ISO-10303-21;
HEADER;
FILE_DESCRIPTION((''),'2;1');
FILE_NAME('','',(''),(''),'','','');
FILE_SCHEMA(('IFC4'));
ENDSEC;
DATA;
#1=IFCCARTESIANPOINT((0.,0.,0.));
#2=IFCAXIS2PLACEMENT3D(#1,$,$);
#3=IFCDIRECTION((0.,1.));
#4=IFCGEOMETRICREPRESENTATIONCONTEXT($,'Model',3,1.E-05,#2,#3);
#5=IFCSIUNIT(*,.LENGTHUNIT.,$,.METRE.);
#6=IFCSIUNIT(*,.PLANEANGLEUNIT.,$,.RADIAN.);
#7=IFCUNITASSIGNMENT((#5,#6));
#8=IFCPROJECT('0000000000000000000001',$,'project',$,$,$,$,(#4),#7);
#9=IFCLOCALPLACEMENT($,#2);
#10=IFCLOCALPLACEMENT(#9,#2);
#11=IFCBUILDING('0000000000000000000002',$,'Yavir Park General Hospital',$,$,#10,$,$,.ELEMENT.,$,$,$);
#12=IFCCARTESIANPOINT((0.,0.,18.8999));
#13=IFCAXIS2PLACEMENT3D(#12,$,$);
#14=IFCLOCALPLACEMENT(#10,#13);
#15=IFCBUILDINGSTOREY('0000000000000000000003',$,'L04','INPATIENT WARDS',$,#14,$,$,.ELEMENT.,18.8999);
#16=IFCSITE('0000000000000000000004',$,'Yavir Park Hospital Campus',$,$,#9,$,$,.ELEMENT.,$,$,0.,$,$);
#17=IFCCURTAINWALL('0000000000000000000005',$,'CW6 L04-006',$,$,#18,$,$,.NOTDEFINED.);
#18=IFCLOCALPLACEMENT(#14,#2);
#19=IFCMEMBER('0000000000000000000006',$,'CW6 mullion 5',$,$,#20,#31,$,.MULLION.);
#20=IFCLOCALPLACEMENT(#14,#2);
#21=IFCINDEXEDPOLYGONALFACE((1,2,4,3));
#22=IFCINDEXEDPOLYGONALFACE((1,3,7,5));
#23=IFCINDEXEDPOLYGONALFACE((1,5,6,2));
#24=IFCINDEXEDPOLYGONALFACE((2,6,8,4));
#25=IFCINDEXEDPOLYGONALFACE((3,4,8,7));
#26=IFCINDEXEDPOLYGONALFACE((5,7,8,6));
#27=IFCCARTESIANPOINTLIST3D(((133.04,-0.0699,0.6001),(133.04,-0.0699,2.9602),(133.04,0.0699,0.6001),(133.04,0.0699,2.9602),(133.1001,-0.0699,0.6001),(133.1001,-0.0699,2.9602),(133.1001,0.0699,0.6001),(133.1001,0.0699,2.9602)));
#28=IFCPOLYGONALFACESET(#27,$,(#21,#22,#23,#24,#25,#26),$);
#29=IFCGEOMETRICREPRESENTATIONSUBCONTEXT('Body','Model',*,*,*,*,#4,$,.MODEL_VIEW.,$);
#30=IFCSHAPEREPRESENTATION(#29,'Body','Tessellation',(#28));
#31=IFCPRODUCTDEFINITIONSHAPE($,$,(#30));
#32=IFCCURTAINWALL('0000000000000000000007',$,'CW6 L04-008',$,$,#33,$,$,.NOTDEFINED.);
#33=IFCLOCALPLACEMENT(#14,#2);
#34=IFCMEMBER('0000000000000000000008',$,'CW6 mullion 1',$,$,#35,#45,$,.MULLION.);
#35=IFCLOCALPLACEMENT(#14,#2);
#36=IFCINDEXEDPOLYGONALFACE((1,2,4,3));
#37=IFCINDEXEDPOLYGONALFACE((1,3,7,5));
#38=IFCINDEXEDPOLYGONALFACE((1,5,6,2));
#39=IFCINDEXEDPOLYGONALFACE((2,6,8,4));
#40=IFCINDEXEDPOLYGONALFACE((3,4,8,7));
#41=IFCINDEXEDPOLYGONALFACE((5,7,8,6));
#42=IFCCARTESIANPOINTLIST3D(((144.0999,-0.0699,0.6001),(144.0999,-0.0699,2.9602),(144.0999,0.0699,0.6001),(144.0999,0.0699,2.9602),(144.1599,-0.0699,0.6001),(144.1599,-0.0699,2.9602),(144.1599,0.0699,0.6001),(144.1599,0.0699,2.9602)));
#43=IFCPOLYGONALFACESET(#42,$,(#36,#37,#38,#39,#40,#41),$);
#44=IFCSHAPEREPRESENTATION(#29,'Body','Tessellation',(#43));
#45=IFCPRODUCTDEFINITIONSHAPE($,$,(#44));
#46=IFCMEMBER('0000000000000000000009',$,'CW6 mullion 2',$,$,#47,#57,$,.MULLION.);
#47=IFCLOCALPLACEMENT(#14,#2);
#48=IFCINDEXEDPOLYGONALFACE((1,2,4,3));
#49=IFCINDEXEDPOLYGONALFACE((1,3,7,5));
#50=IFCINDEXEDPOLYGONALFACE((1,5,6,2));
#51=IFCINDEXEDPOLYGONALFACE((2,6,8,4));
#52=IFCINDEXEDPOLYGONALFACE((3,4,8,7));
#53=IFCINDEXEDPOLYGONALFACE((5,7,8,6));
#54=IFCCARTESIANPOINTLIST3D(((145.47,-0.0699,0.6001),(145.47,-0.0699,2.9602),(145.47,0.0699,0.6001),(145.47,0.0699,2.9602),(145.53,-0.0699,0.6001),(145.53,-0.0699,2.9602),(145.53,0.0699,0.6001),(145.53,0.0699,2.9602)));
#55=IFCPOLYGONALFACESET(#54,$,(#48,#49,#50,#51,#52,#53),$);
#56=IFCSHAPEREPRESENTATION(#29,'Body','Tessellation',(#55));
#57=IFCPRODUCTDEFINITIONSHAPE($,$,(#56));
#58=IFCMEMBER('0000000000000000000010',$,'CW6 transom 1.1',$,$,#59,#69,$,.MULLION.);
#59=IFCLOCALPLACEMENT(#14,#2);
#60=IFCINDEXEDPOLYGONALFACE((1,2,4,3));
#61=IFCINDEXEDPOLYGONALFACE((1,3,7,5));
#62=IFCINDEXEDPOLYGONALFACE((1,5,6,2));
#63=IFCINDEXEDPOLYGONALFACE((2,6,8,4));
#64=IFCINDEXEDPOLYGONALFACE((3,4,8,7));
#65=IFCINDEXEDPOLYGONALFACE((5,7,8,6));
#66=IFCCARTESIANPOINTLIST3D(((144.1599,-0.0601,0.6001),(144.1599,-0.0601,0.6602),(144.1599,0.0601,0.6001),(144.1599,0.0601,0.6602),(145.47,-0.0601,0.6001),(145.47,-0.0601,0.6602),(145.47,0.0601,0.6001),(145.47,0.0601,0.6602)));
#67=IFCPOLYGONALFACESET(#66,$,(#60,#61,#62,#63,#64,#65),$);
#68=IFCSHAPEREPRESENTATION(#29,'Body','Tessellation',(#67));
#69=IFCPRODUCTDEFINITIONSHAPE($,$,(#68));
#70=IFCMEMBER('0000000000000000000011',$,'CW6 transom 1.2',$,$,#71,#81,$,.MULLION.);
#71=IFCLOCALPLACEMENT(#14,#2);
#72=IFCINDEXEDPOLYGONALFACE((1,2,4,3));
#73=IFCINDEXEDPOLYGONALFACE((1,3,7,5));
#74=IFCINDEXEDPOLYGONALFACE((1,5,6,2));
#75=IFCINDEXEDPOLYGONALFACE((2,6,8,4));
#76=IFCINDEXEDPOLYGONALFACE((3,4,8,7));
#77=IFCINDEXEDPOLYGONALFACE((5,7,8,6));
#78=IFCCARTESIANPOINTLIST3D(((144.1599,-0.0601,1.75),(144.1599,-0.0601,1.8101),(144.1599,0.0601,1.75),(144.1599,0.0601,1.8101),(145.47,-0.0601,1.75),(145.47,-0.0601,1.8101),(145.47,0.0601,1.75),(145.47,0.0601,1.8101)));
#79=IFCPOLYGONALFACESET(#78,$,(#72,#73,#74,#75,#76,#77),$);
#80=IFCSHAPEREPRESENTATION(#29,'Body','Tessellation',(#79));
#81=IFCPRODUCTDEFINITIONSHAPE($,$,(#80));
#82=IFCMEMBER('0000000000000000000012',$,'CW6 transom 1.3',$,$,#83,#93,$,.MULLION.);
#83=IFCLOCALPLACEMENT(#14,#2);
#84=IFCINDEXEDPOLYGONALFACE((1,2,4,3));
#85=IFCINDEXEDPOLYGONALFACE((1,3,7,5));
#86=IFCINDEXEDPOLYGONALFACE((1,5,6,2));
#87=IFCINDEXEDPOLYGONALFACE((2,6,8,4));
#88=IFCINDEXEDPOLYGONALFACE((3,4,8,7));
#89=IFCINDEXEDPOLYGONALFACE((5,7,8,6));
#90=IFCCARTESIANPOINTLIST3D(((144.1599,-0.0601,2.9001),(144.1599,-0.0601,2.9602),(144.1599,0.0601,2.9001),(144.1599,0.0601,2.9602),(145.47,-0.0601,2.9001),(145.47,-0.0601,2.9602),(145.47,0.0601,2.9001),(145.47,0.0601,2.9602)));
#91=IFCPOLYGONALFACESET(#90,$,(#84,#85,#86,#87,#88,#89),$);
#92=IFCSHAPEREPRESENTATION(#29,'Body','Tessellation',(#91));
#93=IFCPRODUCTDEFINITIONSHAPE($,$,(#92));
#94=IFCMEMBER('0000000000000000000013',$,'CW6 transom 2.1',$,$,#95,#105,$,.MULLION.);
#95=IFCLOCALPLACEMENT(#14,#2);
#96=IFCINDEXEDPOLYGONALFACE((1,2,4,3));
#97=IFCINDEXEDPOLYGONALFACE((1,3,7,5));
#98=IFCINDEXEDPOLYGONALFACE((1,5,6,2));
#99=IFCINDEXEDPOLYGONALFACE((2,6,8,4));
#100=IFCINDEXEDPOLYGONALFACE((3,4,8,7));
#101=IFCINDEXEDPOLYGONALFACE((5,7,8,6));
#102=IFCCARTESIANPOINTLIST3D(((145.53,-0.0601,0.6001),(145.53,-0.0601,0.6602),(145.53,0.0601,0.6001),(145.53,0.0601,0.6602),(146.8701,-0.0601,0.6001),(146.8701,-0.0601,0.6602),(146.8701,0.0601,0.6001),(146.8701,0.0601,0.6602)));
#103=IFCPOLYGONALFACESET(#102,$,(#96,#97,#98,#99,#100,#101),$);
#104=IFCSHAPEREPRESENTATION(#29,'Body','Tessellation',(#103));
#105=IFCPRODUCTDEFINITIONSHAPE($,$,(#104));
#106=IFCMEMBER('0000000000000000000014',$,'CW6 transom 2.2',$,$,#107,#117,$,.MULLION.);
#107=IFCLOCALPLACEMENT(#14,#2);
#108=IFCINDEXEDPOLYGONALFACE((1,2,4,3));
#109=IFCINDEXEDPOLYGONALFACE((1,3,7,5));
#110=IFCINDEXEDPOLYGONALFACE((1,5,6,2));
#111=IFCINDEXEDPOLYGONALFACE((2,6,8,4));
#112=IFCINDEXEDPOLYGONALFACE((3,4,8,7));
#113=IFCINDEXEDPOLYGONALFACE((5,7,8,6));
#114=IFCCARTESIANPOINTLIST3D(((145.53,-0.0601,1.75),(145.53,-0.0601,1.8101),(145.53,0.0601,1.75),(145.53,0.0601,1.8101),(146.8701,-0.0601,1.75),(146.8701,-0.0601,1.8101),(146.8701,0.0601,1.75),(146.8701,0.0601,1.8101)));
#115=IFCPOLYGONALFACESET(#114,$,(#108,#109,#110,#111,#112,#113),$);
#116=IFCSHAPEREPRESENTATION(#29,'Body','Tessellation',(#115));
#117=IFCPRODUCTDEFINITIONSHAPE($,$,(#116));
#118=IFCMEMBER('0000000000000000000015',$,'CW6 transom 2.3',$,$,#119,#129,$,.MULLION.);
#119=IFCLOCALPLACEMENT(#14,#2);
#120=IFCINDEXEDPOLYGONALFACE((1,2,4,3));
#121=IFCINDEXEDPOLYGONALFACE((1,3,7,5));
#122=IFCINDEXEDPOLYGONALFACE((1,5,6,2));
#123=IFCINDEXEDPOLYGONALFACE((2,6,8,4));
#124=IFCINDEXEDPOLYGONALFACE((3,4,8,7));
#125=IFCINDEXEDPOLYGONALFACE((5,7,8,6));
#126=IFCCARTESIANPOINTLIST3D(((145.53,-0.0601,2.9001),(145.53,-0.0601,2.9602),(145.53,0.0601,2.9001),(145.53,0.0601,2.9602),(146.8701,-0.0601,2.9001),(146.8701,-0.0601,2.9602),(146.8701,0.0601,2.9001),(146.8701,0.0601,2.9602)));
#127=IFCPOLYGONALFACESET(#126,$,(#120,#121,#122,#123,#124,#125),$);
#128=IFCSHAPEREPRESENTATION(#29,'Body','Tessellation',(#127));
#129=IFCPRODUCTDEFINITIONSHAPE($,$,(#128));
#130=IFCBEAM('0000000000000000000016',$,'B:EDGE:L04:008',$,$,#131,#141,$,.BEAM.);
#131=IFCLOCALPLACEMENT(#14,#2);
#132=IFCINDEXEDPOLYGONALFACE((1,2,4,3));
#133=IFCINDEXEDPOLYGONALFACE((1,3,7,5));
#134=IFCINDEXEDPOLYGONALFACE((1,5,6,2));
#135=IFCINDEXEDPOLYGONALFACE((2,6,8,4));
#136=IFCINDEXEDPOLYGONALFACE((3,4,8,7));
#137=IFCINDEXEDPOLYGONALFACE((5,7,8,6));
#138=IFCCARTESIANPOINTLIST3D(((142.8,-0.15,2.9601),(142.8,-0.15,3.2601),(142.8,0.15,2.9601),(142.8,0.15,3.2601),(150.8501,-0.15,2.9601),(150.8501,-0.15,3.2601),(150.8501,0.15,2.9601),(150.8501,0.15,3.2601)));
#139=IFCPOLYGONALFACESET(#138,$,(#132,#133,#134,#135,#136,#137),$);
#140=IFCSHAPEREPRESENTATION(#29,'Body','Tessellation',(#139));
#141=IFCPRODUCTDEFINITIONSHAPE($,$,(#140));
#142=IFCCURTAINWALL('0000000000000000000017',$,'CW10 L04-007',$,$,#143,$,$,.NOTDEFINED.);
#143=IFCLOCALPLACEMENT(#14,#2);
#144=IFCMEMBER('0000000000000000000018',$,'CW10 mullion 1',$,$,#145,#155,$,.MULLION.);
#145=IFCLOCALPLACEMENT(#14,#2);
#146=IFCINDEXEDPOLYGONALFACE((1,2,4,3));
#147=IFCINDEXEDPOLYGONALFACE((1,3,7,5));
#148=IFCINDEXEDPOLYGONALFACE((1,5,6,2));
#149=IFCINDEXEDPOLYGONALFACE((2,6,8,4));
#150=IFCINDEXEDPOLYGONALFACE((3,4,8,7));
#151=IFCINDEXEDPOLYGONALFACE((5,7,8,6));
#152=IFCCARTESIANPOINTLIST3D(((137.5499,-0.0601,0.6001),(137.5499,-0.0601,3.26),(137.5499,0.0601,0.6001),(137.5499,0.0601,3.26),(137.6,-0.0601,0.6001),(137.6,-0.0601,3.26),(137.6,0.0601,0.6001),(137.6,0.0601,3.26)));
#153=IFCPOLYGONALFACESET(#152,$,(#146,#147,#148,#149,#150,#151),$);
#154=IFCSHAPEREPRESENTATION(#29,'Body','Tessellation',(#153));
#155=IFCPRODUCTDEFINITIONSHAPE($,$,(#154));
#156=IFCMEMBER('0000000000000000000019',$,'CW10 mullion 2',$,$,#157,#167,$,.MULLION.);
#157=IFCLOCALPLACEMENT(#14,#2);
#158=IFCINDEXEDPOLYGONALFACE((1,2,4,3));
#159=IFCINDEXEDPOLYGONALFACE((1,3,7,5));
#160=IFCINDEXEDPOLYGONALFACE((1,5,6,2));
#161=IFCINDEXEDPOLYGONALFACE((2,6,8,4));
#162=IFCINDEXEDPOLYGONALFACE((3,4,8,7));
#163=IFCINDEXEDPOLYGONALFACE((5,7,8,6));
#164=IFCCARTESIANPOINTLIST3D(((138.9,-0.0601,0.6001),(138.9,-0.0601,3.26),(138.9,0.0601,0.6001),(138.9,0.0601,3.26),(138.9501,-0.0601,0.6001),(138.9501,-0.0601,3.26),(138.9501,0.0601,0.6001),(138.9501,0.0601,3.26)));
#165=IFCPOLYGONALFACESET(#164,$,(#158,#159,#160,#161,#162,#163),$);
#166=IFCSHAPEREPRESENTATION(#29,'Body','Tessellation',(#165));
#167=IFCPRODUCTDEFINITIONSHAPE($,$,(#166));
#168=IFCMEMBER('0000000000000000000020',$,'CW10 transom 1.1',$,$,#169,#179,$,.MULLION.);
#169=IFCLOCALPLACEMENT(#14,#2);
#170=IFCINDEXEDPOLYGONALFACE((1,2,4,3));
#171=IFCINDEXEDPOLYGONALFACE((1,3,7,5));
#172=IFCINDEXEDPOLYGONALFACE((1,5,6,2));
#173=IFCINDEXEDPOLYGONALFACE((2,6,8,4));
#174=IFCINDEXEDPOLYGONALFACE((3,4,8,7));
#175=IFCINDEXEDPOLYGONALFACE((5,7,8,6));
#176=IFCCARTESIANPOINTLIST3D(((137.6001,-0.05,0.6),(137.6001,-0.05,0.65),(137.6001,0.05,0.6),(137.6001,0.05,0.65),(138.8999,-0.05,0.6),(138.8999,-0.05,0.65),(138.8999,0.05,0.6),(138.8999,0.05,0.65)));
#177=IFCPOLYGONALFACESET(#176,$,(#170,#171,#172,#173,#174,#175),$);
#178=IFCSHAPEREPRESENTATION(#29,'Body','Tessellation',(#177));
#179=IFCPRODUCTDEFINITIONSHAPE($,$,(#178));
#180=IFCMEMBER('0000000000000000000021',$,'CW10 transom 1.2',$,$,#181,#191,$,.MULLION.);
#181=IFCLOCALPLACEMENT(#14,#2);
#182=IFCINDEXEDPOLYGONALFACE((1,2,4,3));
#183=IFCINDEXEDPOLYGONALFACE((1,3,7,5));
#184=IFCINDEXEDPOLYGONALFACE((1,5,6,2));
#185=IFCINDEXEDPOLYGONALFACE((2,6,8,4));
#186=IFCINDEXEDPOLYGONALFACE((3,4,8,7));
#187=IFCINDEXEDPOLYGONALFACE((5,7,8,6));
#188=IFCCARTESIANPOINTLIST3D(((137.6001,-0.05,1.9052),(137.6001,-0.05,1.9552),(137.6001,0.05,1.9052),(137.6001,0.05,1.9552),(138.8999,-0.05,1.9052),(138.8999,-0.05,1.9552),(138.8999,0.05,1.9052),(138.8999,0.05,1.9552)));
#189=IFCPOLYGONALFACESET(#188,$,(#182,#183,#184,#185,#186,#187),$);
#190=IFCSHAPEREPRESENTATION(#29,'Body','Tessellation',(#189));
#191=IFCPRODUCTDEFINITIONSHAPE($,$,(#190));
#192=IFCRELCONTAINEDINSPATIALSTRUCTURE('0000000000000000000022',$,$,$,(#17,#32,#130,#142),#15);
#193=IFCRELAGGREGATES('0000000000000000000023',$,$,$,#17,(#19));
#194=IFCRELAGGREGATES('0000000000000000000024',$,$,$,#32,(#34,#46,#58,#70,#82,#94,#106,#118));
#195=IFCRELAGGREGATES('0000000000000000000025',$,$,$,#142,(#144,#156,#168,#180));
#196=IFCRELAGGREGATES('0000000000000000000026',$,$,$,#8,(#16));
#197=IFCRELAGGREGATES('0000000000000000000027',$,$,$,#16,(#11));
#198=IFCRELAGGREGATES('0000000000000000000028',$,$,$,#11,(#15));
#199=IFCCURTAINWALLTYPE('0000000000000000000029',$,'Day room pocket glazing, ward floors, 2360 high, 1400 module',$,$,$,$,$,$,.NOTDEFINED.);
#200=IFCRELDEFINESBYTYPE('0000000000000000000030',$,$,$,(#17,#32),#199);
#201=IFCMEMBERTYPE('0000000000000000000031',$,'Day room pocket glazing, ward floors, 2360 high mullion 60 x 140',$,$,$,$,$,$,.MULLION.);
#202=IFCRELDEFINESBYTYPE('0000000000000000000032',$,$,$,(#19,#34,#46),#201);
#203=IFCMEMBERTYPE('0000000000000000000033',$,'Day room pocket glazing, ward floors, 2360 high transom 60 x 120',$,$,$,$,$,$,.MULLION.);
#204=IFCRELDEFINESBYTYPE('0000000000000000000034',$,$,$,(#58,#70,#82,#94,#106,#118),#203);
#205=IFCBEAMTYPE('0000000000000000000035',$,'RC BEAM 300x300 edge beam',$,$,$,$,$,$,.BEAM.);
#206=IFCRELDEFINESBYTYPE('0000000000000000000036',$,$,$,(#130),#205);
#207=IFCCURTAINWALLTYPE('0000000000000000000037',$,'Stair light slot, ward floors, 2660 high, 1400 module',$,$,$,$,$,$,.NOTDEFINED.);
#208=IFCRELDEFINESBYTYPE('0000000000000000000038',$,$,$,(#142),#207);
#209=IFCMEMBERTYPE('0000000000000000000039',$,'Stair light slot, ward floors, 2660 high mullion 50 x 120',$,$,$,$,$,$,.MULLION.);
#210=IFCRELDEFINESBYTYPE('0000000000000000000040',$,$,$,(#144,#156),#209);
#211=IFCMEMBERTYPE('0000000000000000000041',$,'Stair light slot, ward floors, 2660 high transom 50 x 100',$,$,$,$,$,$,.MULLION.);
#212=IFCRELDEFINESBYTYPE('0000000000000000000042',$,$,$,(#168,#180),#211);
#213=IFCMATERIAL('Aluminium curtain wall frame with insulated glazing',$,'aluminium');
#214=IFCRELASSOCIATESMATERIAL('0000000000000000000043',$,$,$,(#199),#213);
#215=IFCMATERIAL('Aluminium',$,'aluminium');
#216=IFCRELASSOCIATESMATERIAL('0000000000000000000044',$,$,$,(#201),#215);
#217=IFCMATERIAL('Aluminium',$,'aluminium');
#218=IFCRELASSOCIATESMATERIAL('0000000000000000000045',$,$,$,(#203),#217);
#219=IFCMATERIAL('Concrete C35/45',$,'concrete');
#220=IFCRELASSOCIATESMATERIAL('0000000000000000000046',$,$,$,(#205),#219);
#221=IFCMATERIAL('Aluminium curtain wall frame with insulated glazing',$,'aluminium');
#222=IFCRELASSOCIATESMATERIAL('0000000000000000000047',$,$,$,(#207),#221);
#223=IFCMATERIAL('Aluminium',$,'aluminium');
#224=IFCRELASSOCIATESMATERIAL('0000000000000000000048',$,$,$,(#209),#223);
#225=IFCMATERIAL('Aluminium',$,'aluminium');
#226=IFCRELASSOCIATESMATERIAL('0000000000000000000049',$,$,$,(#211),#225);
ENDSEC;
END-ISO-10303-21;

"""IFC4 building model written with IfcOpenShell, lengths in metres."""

from ifc_helpers import new_model, si_unit, direction, frame, origin, origin_2d, place, context, subcontext, project, spatial, rectangle, extrude, material, material_profile, profile_set, type_object, element, aggregate, save


model = new_model("IFC4")

# Units and contexts
model_context = context("Model", 3, precision=1e-05, world=origin(), true_north=direction((0.0, 1.0)))
body_context = subcontext(model_context, "Body", "Model", "MODEL_VIEW")
ifc_project = project(units=[si_unit("LENGTHUNIT", "METRE"), si_unit("PLANEANGLEUNIT", "RADIAN")], contexts=[model_context])

# Site, building, storey
site_placement = place(None, origin())
site = spatial("IfcSite", under=ifc_project, at=site_placement, Name="Yavir Park Hospital Campus", CompositionType="ELEMENT", RefElevation=0.0)
building_placement = place(site_placement, origin())
building = spatial("IfcBuilding", under=site, at=building_placement, Name="Yavir Park General Hospital", CompositionType="ELEMENT")
storey_placement = place(building_placement, frame((0.0, 0.0, 18.8999)))
storey = spatial("IfcBuildingStorey", under=building, at=storey_placement, Name="L04", Description="INPATIENT WARDS", CompositionType="ELEMENT", Elevation=18.8999)

# Curtain wall, member
ifc_material_1 = material(Name="Aluminium curtain wall frame with insulated glazing", Category="aluminium")
curtain_wall_type_1 = type_object("IfcCurtainWallType", Name="Day room pocket glazing, ward floors, 2360 high, 1400 module", PredefinedType="NOTDEFINED", material=ifc_material_1)
curtain_wall_1_placement = place(storey_placement, origin())
curtain_wall_1 = element("IfcCurtainWall", 1, at=curtain_wall_1_placement, inside=storey, type_object=curtain_wall_type_1, Name="CW6 L04-006", PredefinedType="NOTDEFINED")
ifc_material_2 = material(Name="Aluminium", Category="aluminium")
ifc_material_profile_1 = material_profile(ifc_material_2, rectangle(XDim=0.1399, YDim=0.0601, at=origin_2d()), Name="AL 60x140")
ifc_profile_set_1 = profile_set([ifc_material_profile_1], Name="Aluminium")
member_type_1 = type_object("IfcMemberType", Name="Day room pocket glazing, ward floors, 2360 high mullion 60 x 140", PredefinedType="MULLION", material=ifc_profile_set_1)
member_1_placement = place(storey_placement, frame((133.0701, 0.0, 0.6001), z_axis=(0.0, 0.0, 1.0), x_axis=(0.0, 1.0, 0.0)))
member_1 = element("IfcMember", 2, at=member_1_placement, type_object=member_type_1, Name="CW6 mullion 5", PredefinedType="MULLION", context=body_context, shape_type="SweptSolid", body=[
    extrude(rectangle(XDim=0.1399, YDim=0.0601, at=origin_2d()), origin(), (0.0, 0.0, 1.0), 2.3601),
])

# Curtain wall, members
curtain_wall_2_placement = place(storey_placement, origin())
curtain_wall_2 = element("IfcCurtainWall", 3, at=curtain_wall_2_placement, inside=storey, type_object=curtain_wall_type_1, Name="CW6 L04-008", PredefinedType="NOTDEFINED")
member_2_placement = place(storey_placement, frame((144.1299, 0.0, 0.6001), z_axis=(0.0, 0.0, 1.0), x_axis=(0.0, 1.0, 0.0)))
member_2 = element("IfcMember", 4, at=member_2_placement, type_object=member_type_1, Name="CW6 mullion 1", PredefinedType="MULLION", context=body_context, shape_type="SweptSolid", body=[
    extrude(rectangle(XDim=0.1399, YDim=0.0601, at=origin_2d()), origin(), (0.0, 0.0, 1.0), 2.3601),
])
member_3_placement = place(storey_placement, frame((145.5, 0.0, 0.6001), z_axis=(0.0, 0.0, 1.0), x_axis=(0.0, 1.0, 0.0)))
member_3 = element("IfcMember", 5, at=member_3_placement, type_object=member_type_1, Name="CW6 mullion 2", PredefinedType="MULLION", context=body_context, shape_type="SweptSolid", body=[
    extrude(rectangle(XDim=0.1399, YDim=0.0601, at=origin_2d()), origin(), (0.0, 0.0, 1.0), 2.3601),
])
ifc_material_3 = material(Name="Aluminium", Category="aluminium")
ifc_material_profile_2 = material_profile(ifc_material_3, rectangle(XDim=0.1201, YDim=0.0601, at=origin_2d()), Name="AL 120x60")
ifc_profile_set_2 = profile_set([ifc_material_profile_2], Name="Aluminium")
member_type_2 = type_object("IfcMemberType", Name="Day room pocket glazing, ward floors, 2360 high transom 60 x 120", PredefinedType="MULLION", material=ifc_profile_set_2)
member_4_placement = place(storey_placement, frame((144.1599, 0.0, 0.6301), z_axis=(1.0, 0.0, 0.0), x_axis=(0.0, 1.0, 0.0)))
member_4 = element("IfcMember", 6, at=member_4_placement, type_object=member_type_2, Name="CW6 transom 1.1", PredefinedType="MULLION", context=body_context, shape_type="SweptSolid", body=[
    extrude(rectangle(XDim=0.1201, YDim=0.0601, at=origin_2d()), origin(), (0.0, 0.0, 1.0), 1.3101),
])
member_5_placement = place(storey_placement, frame((144.1599, 0.0, 1.78), z_axis=(1.0, 0.0, 0.0), x_axis=(0.0, 1.0, 0.0)))
member_5 = element("IfcMember", 7, at=member_5_placement, type_object=member_type_2, Name="CW6 transom 1.2", PredefinedType="MULLION", context=body_context, shape_type="SweptSolid", body=[
    extrude(rectangle(XDim=0.1201, YDim=0.0601, at=origin_2d()), origin(), (0.0, 0.0, 1.0), 1.3101),
])
member_6_placement = place(storey_placement, frame((144.1599, 0.0, 2.9302), z_axis=(1.0, 0.0, 0.0), x_axis=(0.0, 1.0, 0.0)))
member_6 = element("IfcMember", 8, at=member_6_placement, type_object=member_type_2, Name="CW6 transom 1.3", PredefinedType="MULLION", context=body_context, shape_type="SweptSolid", body=[
    extrude(rectangle(XDim=0.1201, YDim=0.0601, at=origin_2d()), origin(), (0.0, 0.0, 1.0), 1.3101),
])
member_7_placement = place(storey_placement, frame((145.53, 0.0, 0.6301), z_axis=(1.0, 0.0, 0.0), x_axis=(0.0, 1.0, 0.0)))
member_7 = element("IfcMember", 9, at=member_7_placement, type_object=member_type_2, Name="CW6 transom 2.1", PredefinedType="MULLION", context=body_context, shape_type="SweptSolid", body=[
    extrude(rectangle(XDim=0.1201, YDim=0.0601, at=origin_2d()), origin(), (0.0, 0.0, 1.0), 1.3401),
])
member_8_placement = place(storey_placement, frame((145.53, 0.0, 1.78), z_axis=(1.0, 0.0, 0.0), x_axis=(0.0, 1.0, 0.0)))
member_8 = element("IfcMember", 10, at=member_8_placement, type_object=member_type_2, Name="CW6 transom 2.2", PredefinedType="MULLION", context=body_context, shape_type="SweptSolid", body=[
    extrude(rectangle(XDim=0.1201, YDim=0.0601, at=origin_2d()), origin(), (0.0, 0.0, 1.0), 1.3401),
])
member_9_placement = place(storey_placement, frame((145.53, 0.0, 2.9302), z_axis=(1.0, 0.0, 0.0), x_axis=(0.0, 1.0, 0.0)))
member_9 = element("IfcMember", 11, at=member_9_placement, type_object=member_type_2, Name="CW6 transom 2.3", PredefinedType="MULLION", context=body_context, shape_type="SweptSolid", body=[
    extrude(rectangle(XDim=0.1201, YDim=0.0601, at=origin_2d()), origin(), (0.0, 0.0, 1.0), 1.3401),
])

# Beam
ifc_material_4 = material(Name="Concrete C35/45", Category="concrete")
ifc_material_profile_3 = material_profile(ifc_material_4, rectangle(XDim=0.3, YDim=0.3, at=origin_2d()), Name="RC300x300")
ifc_profile_set_3 = profile_set([ifc_material_profile_3], Name="Concrete C35/45")
beam_type = type_object("IfcBeamType", Name="RC BEAM 300x300 edge beam", PredefinedType="BEAM", material=ifc_profile_set_3)
beam_placement = place(storey_placement, frame((142.8, 0.0, 3.1101), z_axis=(1.0, 0.0, 0.0), x_axis=(0.0, 1.0, 0.0)))
element("IfcBeam", 12, at=beam_placement, inside=storey, type_object=beam_type, Name="B:EDGE:L04:008", PredefinedType="BEAM", context=body_context, shape_type="SweptSolid", body=[
    extrude(rectangle(XDim=0.3, YDim=0.3, at=origin_2d()), origin(), (0.0, 0.0, 1.0), 8.05),
])

# Curtain wall, members
ifc_material_5 = material(Name="Aluminium curtain wall frame with insulated glazing", Category="aluminium")
curtain_wall_type_2 = type_object("IfcCurtainWallType", Name="Stair light slot, ward floors, 2660 high, 1400 module", PredefinedType="NOTDEFINED", material=ifc_material_5)
curtain_wall_3_placement = place(storey_placement, origin())
curtain_wall_3 = element("IfcCurtainWall", 13, at=curtain_wall_3_placement, inside=storey, type_object=curtain_wall_type_2, Name="CW10 L04-007", PredefinedType="NOTDEFINED")
ifc_material_6 = material(Name="Aluminium", Category="aluminium")
ifc_material_profile_4 = material_profile(ifc_material_6, rectangle(XDim=0.1201, YDim=0.05, at=origin_2d()), Name="AL 50x120")
ifc_profile_set_4 = profile_set([ifc_material_profile_4], Name="Aluminium")
member_type_3 = type_object("IfcMemberType", Name="Stair light slot, ward floors, 2660 high mullion 50 x 120", PredefinedType="MULLION", material=ifc_profile_set_4)
member_10_placement = place(storey_placement, frame((137.575, 0.0, 0.6001), z_axis=(0.0, 0.0, 1.0), x_axis=(0.0, 1.0, 0.0)))
member_10 = element("IfcMember", 14, at=member_10_placement, type_object=member_type_3, Name="CW10 mullion 1", PredefinedType="MULLION", context=body_context, shape_type="SweptSolid", body=[
    extrude(rectangle(XDim=0.1201, YDim=0.05, at=origin_2d()), origin(), (0.0, 0.0, 1.0), 2.6599),
])
member_11_placement = place(storey_placement, frame((138.925, 0.0, 0.6001), z_axis=(0.0, 0.0, 1.0), x_axis=(0.0, 1.0, 0.0)))
member_11 = element("IfcMember", 15, at=member_11_placement, type_object=member_type_3, Name="CW10 mullion 2", PredefinedType="MULLION", context=body_context, shape_type="SweptSolid", body=[
    extrude(rectangle(XDim=0.1201, YDim=0.05, at=origin_2d()), origin(), (0.0, 0.0, 1.0), 2.6599),
])
ifc_material_7 = material(Name="Aluminium", Category="aluminium")
ifc_material_profile_5 = material_profile(ifc_material_7, rectangle(XDim=0.1001, YDim=0.05, at=origin_2d()), Name="AL 100x50")
ifc_profile_set_5 = profile_set([ifc_material_profile_5], Name="Aluminium")
member_type_4 = type_object("IfcMemberType", Name="Stair light slot, ward floors, 2660 high transom 50 x 100", PredefinedType="MULLION", material=ifc_profile_set_5)
member_12_placement = place(storey_placement, frame((137.6001, 0.0, 0.625), z_axis=(1.0, 0.0, 0.0), x_axis=(0.0, 1.0, 0.0)))
member_12 = element("IfcMember", 16, at=member_12_placement, type_object=member_type_4, Name="CW10 transom 1.1", PredefinedType="MULLION", context=body_context, shape_type="SweptSolid", body=[
    extrude(rectangle(XDim=0.1001, YDim=0.05, at=origin_2d()), origin(), (0.0, 0.0, 1.0), 1.2998),
])
member_13_placement = place(storey_placement, frame((137.6001, 0.0, 1.9302), z_axis=(1.0, 0.0, 0.0), x_axis=(0.0, 1.0, 0.0)))
member_13 = element("IfcMember", 17, at=member_13_placement, type_object=member_type_4, Name="CW10 transom 1.2", PredefinedType="MULLION", context=body_context, shape_type="SweptSolid", body=[
    extrude(rectangle(XDim=0.1001, YDim=0.05, at=origin_2d()), origin(), (0.0, 0.0, 1.0), 1.2998),
])

aggregate(curtain_wall_1, [member_1])
aggregate(curtain_wall_2, [member_2, member_3, member_4, member_5, member_6, member_7, member_8, member_9])
aggregate(curtain_wall_3, [member_10, member_11, member_12, member_13])

save(model, "model.ifc")
